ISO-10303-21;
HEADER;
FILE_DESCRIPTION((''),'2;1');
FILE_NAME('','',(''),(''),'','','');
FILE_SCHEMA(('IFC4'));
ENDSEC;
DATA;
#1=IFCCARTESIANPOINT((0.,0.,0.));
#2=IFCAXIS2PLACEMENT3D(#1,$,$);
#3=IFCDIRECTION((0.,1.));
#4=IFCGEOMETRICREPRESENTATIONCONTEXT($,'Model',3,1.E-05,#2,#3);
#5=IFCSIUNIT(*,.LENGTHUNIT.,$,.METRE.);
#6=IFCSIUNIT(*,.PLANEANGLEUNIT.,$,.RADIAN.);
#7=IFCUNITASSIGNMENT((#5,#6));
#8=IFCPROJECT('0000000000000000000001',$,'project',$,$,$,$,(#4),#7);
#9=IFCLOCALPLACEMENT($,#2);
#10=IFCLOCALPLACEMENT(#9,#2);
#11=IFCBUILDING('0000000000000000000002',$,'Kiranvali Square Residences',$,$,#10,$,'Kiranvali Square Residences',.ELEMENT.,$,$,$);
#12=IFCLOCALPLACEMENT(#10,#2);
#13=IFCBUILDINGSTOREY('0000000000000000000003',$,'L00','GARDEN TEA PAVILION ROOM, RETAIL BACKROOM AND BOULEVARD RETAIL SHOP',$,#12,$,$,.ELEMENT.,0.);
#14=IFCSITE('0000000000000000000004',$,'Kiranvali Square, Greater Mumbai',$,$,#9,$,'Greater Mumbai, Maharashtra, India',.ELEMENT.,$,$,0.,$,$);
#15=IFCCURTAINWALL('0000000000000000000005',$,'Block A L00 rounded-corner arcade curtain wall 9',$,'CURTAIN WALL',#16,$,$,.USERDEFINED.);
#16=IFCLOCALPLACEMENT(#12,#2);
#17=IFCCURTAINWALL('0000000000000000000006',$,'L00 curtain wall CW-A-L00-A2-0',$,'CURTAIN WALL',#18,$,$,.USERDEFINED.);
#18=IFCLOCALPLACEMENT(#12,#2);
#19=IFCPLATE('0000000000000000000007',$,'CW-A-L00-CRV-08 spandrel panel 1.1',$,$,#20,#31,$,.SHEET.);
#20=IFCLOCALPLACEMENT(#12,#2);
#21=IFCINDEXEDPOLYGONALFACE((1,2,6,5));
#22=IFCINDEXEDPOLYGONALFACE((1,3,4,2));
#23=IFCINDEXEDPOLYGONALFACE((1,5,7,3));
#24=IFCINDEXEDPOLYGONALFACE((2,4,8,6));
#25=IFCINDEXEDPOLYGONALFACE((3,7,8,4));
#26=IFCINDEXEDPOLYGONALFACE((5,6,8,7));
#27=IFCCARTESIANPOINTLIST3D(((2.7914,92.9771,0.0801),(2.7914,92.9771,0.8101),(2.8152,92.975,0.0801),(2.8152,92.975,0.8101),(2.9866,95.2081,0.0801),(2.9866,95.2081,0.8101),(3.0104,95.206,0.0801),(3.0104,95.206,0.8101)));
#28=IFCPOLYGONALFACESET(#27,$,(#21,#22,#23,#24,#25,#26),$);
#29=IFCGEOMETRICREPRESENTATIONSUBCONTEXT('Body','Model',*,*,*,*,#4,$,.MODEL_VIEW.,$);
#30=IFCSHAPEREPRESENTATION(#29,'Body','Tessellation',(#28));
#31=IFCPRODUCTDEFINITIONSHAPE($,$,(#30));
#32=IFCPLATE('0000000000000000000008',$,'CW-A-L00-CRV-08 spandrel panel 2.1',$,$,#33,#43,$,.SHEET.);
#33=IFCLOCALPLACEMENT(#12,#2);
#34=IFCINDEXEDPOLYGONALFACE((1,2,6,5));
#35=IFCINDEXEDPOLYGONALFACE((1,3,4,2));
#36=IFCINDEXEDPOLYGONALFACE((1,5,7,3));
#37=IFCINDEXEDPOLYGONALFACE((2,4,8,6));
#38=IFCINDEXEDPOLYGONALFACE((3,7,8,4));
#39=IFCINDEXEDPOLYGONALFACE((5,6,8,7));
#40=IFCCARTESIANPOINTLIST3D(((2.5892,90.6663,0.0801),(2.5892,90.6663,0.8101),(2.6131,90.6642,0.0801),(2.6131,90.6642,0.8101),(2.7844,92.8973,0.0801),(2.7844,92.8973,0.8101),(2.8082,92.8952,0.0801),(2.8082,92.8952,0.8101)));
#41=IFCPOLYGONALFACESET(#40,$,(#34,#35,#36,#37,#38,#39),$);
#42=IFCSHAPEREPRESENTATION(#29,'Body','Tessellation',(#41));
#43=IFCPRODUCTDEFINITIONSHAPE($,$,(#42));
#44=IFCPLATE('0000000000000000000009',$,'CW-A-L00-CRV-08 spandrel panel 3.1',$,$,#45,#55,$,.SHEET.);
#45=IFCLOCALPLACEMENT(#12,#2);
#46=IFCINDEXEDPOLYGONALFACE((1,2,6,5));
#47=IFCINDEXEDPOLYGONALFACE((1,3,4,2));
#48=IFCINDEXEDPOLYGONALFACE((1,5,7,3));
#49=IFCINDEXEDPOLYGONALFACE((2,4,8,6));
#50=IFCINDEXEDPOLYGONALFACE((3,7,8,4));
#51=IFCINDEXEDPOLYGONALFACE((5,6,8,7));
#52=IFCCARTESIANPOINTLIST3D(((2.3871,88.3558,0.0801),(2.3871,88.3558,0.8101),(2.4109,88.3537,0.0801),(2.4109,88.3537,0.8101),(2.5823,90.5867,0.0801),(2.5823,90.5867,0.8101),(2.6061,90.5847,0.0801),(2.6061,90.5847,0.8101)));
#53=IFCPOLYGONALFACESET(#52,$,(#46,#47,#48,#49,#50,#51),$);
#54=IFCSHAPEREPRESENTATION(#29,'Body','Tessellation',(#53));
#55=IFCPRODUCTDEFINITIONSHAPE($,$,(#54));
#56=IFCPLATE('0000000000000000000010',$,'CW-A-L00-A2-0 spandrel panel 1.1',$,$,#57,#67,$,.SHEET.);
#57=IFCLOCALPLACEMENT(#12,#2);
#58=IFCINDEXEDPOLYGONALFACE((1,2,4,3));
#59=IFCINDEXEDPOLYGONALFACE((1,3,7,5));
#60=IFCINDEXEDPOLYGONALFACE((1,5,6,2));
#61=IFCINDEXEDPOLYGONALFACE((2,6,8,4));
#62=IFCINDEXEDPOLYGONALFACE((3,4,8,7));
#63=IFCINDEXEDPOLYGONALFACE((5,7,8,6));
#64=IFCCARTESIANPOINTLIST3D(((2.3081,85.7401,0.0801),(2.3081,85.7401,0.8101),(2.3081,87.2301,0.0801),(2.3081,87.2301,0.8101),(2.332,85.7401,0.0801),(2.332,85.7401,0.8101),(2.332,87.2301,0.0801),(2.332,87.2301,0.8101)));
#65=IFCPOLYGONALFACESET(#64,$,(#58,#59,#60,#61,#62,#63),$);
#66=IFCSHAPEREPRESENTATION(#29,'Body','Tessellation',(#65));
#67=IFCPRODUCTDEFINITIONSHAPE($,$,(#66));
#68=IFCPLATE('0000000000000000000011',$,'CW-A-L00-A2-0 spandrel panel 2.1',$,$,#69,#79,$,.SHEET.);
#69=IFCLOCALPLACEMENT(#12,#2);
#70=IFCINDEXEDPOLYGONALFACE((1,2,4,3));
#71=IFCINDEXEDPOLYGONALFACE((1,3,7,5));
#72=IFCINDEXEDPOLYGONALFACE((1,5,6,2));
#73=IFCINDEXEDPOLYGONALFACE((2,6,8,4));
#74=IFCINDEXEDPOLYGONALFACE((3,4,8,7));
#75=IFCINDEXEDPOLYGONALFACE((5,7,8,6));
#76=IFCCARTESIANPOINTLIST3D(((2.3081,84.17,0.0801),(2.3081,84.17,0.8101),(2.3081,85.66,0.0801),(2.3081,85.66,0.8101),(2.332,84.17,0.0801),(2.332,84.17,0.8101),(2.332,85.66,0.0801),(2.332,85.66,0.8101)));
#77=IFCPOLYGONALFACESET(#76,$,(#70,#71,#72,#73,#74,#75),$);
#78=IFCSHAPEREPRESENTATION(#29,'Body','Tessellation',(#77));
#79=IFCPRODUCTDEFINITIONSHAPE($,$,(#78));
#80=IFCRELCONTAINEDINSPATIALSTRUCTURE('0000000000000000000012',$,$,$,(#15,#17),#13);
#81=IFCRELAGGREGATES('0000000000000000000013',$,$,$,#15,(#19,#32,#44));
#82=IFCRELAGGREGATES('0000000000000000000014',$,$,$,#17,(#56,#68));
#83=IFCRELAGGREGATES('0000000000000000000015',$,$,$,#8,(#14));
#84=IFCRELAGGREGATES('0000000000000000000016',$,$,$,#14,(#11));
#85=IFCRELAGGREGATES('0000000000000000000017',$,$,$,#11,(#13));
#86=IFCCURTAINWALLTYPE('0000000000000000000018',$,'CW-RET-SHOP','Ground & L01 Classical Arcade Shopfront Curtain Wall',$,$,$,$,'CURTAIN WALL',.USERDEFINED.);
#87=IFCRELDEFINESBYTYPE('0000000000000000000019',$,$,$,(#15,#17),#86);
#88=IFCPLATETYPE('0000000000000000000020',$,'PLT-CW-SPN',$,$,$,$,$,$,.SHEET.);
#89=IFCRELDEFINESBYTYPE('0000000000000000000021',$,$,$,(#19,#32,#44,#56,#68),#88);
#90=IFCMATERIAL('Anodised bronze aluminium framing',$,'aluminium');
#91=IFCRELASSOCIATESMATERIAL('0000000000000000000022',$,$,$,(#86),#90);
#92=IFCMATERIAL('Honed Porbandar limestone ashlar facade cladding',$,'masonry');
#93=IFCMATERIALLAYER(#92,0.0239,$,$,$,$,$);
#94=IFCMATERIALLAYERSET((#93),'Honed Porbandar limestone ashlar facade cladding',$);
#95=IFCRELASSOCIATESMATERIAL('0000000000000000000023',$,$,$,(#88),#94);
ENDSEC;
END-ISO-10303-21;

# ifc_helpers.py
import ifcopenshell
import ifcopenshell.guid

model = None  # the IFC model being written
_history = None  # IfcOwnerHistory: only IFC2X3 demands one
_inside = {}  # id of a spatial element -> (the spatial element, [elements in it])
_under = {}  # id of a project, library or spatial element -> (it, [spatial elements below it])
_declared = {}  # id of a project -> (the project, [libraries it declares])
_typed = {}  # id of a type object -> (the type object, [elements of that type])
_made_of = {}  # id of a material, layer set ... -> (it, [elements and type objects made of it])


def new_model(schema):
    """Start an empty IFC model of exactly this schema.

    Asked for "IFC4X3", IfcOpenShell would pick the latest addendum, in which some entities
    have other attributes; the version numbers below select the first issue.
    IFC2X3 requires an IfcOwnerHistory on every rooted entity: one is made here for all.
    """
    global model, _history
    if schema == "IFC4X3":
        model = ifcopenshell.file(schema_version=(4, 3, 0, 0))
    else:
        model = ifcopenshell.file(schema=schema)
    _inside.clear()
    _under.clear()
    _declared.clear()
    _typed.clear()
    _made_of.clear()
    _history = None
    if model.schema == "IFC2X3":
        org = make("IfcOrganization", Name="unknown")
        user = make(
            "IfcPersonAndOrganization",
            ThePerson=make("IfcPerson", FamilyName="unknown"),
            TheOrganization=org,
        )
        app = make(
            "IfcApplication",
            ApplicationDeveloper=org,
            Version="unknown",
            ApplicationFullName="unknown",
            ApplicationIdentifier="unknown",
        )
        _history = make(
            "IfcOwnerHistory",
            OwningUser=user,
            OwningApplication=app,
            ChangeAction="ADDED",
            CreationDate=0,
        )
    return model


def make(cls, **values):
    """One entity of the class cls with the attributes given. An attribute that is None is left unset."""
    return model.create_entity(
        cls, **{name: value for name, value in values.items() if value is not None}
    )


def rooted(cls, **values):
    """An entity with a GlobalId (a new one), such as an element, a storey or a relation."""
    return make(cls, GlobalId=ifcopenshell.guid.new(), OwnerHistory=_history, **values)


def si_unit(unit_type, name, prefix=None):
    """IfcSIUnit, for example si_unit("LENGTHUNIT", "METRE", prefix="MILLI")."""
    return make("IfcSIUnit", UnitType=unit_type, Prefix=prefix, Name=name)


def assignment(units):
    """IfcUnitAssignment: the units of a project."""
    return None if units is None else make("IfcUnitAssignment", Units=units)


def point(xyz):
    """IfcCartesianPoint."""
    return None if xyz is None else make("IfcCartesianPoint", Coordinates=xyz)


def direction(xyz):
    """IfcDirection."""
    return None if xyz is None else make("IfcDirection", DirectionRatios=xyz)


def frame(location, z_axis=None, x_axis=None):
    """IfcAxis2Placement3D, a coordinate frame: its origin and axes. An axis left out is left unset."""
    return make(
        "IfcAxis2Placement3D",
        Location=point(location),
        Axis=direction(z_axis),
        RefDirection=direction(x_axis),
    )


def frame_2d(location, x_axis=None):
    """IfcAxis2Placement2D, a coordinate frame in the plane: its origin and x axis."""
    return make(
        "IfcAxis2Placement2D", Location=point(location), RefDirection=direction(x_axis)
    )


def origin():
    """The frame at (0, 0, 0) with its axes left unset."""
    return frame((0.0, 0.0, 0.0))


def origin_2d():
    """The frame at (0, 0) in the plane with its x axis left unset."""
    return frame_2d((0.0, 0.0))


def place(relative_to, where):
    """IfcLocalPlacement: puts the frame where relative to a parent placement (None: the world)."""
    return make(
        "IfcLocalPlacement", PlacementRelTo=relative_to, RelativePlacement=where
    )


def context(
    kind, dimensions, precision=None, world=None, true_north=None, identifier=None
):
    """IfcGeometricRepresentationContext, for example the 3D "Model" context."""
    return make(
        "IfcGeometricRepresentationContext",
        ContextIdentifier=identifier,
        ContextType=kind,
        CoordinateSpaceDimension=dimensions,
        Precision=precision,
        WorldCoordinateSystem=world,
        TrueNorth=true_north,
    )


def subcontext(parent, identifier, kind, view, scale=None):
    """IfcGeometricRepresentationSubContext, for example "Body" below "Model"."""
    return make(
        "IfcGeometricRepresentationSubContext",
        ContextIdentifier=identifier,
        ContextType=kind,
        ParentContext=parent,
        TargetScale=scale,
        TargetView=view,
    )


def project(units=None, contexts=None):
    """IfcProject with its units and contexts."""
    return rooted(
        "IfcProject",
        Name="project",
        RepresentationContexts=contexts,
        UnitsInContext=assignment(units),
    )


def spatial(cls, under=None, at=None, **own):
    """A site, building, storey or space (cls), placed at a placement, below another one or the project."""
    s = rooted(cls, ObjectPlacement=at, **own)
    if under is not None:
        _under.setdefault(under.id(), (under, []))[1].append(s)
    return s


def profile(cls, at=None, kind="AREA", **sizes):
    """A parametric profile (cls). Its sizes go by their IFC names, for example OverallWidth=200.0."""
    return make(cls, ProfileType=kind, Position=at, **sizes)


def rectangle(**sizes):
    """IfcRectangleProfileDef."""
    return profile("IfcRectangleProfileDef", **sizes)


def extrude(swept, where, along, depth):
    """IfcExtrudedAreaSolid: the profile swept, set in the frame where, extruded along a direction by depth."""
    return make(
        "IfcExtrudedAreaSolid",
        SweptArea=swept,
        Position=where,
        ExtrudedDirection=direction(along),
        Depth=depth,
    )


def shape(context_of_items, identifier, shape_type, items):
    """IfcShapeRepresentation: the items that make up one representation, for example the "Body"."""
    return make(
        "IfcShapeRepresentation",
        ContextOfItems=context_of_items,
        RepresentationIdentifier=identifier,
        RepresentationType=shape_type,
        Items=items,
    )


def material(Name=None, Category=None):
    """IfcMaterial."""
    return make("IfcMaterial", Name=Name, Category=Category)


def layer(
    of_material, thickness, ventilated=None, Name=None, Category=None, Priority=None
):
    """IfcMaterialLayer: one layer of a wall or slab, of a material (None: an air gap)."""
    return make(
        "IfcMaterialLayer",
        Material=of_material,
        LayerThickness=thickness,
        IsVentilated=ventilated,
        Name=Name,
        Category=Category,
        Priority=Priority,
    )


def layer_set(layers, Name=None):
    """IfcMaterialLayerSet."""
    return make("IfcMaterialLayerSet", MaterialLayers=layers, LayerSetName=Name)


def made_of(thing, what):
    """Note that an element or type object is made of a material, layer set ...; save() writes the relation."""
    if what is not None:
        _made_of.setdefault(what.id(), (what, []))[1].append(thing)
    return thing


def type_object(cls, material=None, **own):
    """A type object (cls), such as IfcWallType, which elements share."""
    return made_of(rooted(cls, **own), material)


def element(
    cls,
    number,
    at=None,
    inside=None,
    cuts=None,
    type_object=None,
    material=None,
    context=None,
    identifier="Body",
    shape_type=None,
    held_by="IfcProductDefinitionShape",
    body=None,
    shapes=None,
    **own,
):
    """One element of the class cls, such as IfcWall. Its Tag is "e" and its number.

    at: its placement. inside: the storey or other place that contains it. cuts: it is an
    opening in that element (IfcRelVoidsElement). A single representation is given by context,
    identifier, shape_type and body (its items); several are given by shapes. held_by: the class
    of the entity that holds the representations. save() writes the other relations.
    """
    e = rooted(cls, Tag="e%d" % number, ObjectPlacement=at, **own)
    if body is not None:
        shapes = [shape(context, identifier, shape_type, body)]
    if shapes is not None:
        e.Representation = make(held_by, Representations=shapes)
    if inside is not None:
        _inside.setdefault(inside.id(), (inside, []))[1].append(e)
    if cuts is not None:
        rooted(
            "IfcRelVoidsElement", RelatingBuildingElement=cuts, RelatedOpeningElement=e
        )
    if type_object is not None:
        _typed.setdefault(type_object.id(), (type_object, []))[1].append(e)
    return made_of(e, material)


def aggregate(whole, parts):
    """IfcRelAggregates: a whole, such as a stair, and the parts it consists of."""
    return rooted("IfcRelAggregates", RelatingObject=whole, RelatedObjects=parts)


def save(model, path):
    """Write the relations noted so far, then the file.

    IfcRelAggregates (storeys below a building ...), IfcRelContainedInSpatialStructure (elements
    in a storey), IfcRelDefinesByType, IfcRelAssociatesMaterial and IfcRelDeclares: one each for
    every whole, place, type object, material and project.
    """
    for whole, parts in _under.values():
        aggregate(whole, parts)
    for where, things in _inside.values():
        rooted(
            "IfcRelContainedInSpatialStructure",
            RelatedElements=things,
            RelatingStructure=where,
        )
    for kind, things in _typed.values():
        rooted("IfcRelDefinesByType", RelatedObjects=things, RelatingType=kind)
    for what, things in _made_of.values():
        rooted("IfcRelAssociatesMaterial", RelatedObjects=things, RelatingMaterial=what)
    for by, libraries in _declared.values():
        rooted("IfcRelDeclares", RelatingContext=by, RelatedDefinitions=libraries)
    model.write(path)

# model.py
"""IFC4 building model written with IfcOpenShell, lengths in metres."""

from ifc_helpers import new_model, si_unit, direction, frame, origin, origin_2d, place, context, subcontext, project, spatial, rectangle, extrude, material, layer, layer_set, type_object, element, aggregate, save


model = new_model("IFC4")

# Units and contexts
model_context = context("Model", 3, precision=1e-05, world=origin(), true_north=direction((0.0, 1.0)))
body_context = subcontext(model_context, "Body", "Model", "MODEL_VIEW")
ifc_project = project(units=[si_unit("LENGTHUNIT", "METRE"), si_unit("PLANEANGLEUNIT", "RADIAN")], contexts=[model_context])

# Site, building, storey
site_placement = place(None, origin())
site = spatial("IfcSite", under=ifc_project, at=site_placement, Name="Kiranvali Square, Greater Mumbai", LongName="Greater Mumbai, Maharashtra, India", CompositionType="ELEMENT", RefElevation=0.0)
building_placement = place(site_placement, origin())
building = spatial("IfcBuilding", under=site, at=building_placement, Name="Kiranvali Square Residences", LongName="Kiranvali Square Residences", CompositionType="ELEMENT")
storey_placement = place(building_placement, origin())
storey = spatial("IfcBuildingStorey", under=building, at=storey_placement, Name="L00", Description="GARDEN TEA PAVILION ROOM, RETAIL BACKROOM AND BOULEVARD RETAIL SHOP", CompositionType="ELEMENT", Elevation=0.0)

# Curtain walls
ifc_material_1 = material(Name="Anodised bronze aluminium framing", Category="aluminium")
curtain_wall_type = type_object("IfcCurtainWallType", Name="CW-RET-SHOP", Description="Ground & L01 Classical Arcade Shopfront Curtain Wall", ElementType="CURTAIN WALL", PredefinedType="USERDEFINED", material=ifc_material_1)
curtain_wall_1_placement = place(storey_placement, origin())
curtain_wall_1 = element("IfcCurtainWall", 1, at=curtain_wall_1_placement, inside=storey, type_object=curtain_wall_type, Name="Block A L00 rounded-corner arcade curtain wall 9", ObjectType="CURTAIN WALL", PredefinedType="USERDEFINED")
curtain_wall_2_placement = place(storey_placement, origin())
curtain_wall_2 = element("IfcCurtainWall", 2, at=curtain_wall_2_placement, inside=storey, type_object=curtain_wall_type, Name="L00 curtain wall CW-A-L00-A2-0", ObjectType="CURTAIN WALL", PredefinedType="USERDEFINED")

# Plates
ifc_material_2 = material(Name="Honed Porbandar limestone ashlar facade cladding", Category="masonry")
ifc_layer_1 = layer(ifc_material_2, 0.0239)
ifc_layer_set_1 = layer_set([ifc_layer_1], Name="Honed Porbandar limestone ashlar facade cladding")
plate_type_1 = type_object("IfcPlateType", Name="PLT-CW-SPN", PredefinedType="SHEET", material=ifc_layer_set_1)
plate_1_placement = place(storey_placement, frame((2.9009, 94.0916, 0.0801), z_axis=(0.0, 0.0, 1.0), x_axis=(-0.087156, -0.996195, 0.0)))
plate_1 = element("IfcPlate", 3, at=plate_1_placement, type_object=plate_type_1, Name="CW-A-L00-CRV-08 spandrel panel 1.1", PredefinedType="SHEET", context=body_context, shape_type="SweptSolid", body=[
    extrude(rectangle(XDim=2.2395, YDim=0.0239, at=origin_2d()), origin(), (0.0, 0.0, 1.0), 0.73),
])
plate_2_placement = place(storey_placement, frame((2.6987, 91.7808, 0.0801), z_axis=(0.0, 0.0, 1.0), x_axis=(-0.087156, -0.996195, 0.0)))
plate_2 = element("IfcPlate", 4, at=plate_2_placement, type_object=plate_type_1, Name="CW-A-L00-CRV-08 spandrel panel 2.1", PredefinedType="SHEET", context=body_context, shape_type="SweptSolid", body=[
    extrude(rectangle(XDim=2.2395, YDim=0.0239, at=origin_2d()), origin(), (0.0, 0.0, 1.0), 0.73),
])
plate_3_placement = place(storey_placement, frame((2.4966, 89.4702, 0.0801), z_axis=(0.0, 0.0, 1.0), x_axis=(-0.087156, -0.996195, 0.0)))
plate_3 = element("IfcPlate", 5, at=plate_3_placement, type_object=plate_type_1, Name="CW-A-L00-CRV-08 spandrel panel 3.1", PredefinedType="SHEET", context=body_context, shape_type="SweptSolid", body=[
    extrude(rectangle(XDim=2.2395, YDim=0.0239, at=origin_2d()), origin(), (0.0, 0.0, 1.0), 0.73),
])
aggregate(curtain_wall_1, [plate_1, plate_2, plate_3])
plate_4_placement = place(storey_placement, frame((2.3201, 86.4851, 0.0801), z_axis=(0.0, 0.0, 1.0), x_axis=(0.0, -1.0, 0.0)))
plate_4 = element("IfcPlate", 6, at=plate_4_placement, type_object=plate_type_1, Name="CW-A-L00-A2-0 spandrel panel 1.1", PredefinedType="SHEET", context=body_context, shape_type="SweptSolid", body=[
    extrude(rectangle(XDim=1.49, YDim=0.0239, at=origin_2d()), origin(), (0.0, 0.0, 1.0), 0.73),
])
plate_5_placement = place(storey_placement, frame((2.3201, 84.915, 0.0801), z_axis=(0.0, 0.0, 1.0), x_axis=(0.0, -1.0, 0.0)))
plate_5 = element("IfcPlate", 7, at=plate_5_placement, type_object=plate_type_1, Name="CW-A-L00-A2-0 spandrel panel 2.1", PredefinedType="SHEET", context=body_context, shape_type="SweptSolid", body=[
    extrude(rectangle(XDim=1.49, YDim=0.0239, at=origin_2d()), origin(), (0.0, 0.0, 1.0), 0.73),
])
aggregate(curtain_wall_2, [plate_4, plate_5])

save(model, "model.ifc")
